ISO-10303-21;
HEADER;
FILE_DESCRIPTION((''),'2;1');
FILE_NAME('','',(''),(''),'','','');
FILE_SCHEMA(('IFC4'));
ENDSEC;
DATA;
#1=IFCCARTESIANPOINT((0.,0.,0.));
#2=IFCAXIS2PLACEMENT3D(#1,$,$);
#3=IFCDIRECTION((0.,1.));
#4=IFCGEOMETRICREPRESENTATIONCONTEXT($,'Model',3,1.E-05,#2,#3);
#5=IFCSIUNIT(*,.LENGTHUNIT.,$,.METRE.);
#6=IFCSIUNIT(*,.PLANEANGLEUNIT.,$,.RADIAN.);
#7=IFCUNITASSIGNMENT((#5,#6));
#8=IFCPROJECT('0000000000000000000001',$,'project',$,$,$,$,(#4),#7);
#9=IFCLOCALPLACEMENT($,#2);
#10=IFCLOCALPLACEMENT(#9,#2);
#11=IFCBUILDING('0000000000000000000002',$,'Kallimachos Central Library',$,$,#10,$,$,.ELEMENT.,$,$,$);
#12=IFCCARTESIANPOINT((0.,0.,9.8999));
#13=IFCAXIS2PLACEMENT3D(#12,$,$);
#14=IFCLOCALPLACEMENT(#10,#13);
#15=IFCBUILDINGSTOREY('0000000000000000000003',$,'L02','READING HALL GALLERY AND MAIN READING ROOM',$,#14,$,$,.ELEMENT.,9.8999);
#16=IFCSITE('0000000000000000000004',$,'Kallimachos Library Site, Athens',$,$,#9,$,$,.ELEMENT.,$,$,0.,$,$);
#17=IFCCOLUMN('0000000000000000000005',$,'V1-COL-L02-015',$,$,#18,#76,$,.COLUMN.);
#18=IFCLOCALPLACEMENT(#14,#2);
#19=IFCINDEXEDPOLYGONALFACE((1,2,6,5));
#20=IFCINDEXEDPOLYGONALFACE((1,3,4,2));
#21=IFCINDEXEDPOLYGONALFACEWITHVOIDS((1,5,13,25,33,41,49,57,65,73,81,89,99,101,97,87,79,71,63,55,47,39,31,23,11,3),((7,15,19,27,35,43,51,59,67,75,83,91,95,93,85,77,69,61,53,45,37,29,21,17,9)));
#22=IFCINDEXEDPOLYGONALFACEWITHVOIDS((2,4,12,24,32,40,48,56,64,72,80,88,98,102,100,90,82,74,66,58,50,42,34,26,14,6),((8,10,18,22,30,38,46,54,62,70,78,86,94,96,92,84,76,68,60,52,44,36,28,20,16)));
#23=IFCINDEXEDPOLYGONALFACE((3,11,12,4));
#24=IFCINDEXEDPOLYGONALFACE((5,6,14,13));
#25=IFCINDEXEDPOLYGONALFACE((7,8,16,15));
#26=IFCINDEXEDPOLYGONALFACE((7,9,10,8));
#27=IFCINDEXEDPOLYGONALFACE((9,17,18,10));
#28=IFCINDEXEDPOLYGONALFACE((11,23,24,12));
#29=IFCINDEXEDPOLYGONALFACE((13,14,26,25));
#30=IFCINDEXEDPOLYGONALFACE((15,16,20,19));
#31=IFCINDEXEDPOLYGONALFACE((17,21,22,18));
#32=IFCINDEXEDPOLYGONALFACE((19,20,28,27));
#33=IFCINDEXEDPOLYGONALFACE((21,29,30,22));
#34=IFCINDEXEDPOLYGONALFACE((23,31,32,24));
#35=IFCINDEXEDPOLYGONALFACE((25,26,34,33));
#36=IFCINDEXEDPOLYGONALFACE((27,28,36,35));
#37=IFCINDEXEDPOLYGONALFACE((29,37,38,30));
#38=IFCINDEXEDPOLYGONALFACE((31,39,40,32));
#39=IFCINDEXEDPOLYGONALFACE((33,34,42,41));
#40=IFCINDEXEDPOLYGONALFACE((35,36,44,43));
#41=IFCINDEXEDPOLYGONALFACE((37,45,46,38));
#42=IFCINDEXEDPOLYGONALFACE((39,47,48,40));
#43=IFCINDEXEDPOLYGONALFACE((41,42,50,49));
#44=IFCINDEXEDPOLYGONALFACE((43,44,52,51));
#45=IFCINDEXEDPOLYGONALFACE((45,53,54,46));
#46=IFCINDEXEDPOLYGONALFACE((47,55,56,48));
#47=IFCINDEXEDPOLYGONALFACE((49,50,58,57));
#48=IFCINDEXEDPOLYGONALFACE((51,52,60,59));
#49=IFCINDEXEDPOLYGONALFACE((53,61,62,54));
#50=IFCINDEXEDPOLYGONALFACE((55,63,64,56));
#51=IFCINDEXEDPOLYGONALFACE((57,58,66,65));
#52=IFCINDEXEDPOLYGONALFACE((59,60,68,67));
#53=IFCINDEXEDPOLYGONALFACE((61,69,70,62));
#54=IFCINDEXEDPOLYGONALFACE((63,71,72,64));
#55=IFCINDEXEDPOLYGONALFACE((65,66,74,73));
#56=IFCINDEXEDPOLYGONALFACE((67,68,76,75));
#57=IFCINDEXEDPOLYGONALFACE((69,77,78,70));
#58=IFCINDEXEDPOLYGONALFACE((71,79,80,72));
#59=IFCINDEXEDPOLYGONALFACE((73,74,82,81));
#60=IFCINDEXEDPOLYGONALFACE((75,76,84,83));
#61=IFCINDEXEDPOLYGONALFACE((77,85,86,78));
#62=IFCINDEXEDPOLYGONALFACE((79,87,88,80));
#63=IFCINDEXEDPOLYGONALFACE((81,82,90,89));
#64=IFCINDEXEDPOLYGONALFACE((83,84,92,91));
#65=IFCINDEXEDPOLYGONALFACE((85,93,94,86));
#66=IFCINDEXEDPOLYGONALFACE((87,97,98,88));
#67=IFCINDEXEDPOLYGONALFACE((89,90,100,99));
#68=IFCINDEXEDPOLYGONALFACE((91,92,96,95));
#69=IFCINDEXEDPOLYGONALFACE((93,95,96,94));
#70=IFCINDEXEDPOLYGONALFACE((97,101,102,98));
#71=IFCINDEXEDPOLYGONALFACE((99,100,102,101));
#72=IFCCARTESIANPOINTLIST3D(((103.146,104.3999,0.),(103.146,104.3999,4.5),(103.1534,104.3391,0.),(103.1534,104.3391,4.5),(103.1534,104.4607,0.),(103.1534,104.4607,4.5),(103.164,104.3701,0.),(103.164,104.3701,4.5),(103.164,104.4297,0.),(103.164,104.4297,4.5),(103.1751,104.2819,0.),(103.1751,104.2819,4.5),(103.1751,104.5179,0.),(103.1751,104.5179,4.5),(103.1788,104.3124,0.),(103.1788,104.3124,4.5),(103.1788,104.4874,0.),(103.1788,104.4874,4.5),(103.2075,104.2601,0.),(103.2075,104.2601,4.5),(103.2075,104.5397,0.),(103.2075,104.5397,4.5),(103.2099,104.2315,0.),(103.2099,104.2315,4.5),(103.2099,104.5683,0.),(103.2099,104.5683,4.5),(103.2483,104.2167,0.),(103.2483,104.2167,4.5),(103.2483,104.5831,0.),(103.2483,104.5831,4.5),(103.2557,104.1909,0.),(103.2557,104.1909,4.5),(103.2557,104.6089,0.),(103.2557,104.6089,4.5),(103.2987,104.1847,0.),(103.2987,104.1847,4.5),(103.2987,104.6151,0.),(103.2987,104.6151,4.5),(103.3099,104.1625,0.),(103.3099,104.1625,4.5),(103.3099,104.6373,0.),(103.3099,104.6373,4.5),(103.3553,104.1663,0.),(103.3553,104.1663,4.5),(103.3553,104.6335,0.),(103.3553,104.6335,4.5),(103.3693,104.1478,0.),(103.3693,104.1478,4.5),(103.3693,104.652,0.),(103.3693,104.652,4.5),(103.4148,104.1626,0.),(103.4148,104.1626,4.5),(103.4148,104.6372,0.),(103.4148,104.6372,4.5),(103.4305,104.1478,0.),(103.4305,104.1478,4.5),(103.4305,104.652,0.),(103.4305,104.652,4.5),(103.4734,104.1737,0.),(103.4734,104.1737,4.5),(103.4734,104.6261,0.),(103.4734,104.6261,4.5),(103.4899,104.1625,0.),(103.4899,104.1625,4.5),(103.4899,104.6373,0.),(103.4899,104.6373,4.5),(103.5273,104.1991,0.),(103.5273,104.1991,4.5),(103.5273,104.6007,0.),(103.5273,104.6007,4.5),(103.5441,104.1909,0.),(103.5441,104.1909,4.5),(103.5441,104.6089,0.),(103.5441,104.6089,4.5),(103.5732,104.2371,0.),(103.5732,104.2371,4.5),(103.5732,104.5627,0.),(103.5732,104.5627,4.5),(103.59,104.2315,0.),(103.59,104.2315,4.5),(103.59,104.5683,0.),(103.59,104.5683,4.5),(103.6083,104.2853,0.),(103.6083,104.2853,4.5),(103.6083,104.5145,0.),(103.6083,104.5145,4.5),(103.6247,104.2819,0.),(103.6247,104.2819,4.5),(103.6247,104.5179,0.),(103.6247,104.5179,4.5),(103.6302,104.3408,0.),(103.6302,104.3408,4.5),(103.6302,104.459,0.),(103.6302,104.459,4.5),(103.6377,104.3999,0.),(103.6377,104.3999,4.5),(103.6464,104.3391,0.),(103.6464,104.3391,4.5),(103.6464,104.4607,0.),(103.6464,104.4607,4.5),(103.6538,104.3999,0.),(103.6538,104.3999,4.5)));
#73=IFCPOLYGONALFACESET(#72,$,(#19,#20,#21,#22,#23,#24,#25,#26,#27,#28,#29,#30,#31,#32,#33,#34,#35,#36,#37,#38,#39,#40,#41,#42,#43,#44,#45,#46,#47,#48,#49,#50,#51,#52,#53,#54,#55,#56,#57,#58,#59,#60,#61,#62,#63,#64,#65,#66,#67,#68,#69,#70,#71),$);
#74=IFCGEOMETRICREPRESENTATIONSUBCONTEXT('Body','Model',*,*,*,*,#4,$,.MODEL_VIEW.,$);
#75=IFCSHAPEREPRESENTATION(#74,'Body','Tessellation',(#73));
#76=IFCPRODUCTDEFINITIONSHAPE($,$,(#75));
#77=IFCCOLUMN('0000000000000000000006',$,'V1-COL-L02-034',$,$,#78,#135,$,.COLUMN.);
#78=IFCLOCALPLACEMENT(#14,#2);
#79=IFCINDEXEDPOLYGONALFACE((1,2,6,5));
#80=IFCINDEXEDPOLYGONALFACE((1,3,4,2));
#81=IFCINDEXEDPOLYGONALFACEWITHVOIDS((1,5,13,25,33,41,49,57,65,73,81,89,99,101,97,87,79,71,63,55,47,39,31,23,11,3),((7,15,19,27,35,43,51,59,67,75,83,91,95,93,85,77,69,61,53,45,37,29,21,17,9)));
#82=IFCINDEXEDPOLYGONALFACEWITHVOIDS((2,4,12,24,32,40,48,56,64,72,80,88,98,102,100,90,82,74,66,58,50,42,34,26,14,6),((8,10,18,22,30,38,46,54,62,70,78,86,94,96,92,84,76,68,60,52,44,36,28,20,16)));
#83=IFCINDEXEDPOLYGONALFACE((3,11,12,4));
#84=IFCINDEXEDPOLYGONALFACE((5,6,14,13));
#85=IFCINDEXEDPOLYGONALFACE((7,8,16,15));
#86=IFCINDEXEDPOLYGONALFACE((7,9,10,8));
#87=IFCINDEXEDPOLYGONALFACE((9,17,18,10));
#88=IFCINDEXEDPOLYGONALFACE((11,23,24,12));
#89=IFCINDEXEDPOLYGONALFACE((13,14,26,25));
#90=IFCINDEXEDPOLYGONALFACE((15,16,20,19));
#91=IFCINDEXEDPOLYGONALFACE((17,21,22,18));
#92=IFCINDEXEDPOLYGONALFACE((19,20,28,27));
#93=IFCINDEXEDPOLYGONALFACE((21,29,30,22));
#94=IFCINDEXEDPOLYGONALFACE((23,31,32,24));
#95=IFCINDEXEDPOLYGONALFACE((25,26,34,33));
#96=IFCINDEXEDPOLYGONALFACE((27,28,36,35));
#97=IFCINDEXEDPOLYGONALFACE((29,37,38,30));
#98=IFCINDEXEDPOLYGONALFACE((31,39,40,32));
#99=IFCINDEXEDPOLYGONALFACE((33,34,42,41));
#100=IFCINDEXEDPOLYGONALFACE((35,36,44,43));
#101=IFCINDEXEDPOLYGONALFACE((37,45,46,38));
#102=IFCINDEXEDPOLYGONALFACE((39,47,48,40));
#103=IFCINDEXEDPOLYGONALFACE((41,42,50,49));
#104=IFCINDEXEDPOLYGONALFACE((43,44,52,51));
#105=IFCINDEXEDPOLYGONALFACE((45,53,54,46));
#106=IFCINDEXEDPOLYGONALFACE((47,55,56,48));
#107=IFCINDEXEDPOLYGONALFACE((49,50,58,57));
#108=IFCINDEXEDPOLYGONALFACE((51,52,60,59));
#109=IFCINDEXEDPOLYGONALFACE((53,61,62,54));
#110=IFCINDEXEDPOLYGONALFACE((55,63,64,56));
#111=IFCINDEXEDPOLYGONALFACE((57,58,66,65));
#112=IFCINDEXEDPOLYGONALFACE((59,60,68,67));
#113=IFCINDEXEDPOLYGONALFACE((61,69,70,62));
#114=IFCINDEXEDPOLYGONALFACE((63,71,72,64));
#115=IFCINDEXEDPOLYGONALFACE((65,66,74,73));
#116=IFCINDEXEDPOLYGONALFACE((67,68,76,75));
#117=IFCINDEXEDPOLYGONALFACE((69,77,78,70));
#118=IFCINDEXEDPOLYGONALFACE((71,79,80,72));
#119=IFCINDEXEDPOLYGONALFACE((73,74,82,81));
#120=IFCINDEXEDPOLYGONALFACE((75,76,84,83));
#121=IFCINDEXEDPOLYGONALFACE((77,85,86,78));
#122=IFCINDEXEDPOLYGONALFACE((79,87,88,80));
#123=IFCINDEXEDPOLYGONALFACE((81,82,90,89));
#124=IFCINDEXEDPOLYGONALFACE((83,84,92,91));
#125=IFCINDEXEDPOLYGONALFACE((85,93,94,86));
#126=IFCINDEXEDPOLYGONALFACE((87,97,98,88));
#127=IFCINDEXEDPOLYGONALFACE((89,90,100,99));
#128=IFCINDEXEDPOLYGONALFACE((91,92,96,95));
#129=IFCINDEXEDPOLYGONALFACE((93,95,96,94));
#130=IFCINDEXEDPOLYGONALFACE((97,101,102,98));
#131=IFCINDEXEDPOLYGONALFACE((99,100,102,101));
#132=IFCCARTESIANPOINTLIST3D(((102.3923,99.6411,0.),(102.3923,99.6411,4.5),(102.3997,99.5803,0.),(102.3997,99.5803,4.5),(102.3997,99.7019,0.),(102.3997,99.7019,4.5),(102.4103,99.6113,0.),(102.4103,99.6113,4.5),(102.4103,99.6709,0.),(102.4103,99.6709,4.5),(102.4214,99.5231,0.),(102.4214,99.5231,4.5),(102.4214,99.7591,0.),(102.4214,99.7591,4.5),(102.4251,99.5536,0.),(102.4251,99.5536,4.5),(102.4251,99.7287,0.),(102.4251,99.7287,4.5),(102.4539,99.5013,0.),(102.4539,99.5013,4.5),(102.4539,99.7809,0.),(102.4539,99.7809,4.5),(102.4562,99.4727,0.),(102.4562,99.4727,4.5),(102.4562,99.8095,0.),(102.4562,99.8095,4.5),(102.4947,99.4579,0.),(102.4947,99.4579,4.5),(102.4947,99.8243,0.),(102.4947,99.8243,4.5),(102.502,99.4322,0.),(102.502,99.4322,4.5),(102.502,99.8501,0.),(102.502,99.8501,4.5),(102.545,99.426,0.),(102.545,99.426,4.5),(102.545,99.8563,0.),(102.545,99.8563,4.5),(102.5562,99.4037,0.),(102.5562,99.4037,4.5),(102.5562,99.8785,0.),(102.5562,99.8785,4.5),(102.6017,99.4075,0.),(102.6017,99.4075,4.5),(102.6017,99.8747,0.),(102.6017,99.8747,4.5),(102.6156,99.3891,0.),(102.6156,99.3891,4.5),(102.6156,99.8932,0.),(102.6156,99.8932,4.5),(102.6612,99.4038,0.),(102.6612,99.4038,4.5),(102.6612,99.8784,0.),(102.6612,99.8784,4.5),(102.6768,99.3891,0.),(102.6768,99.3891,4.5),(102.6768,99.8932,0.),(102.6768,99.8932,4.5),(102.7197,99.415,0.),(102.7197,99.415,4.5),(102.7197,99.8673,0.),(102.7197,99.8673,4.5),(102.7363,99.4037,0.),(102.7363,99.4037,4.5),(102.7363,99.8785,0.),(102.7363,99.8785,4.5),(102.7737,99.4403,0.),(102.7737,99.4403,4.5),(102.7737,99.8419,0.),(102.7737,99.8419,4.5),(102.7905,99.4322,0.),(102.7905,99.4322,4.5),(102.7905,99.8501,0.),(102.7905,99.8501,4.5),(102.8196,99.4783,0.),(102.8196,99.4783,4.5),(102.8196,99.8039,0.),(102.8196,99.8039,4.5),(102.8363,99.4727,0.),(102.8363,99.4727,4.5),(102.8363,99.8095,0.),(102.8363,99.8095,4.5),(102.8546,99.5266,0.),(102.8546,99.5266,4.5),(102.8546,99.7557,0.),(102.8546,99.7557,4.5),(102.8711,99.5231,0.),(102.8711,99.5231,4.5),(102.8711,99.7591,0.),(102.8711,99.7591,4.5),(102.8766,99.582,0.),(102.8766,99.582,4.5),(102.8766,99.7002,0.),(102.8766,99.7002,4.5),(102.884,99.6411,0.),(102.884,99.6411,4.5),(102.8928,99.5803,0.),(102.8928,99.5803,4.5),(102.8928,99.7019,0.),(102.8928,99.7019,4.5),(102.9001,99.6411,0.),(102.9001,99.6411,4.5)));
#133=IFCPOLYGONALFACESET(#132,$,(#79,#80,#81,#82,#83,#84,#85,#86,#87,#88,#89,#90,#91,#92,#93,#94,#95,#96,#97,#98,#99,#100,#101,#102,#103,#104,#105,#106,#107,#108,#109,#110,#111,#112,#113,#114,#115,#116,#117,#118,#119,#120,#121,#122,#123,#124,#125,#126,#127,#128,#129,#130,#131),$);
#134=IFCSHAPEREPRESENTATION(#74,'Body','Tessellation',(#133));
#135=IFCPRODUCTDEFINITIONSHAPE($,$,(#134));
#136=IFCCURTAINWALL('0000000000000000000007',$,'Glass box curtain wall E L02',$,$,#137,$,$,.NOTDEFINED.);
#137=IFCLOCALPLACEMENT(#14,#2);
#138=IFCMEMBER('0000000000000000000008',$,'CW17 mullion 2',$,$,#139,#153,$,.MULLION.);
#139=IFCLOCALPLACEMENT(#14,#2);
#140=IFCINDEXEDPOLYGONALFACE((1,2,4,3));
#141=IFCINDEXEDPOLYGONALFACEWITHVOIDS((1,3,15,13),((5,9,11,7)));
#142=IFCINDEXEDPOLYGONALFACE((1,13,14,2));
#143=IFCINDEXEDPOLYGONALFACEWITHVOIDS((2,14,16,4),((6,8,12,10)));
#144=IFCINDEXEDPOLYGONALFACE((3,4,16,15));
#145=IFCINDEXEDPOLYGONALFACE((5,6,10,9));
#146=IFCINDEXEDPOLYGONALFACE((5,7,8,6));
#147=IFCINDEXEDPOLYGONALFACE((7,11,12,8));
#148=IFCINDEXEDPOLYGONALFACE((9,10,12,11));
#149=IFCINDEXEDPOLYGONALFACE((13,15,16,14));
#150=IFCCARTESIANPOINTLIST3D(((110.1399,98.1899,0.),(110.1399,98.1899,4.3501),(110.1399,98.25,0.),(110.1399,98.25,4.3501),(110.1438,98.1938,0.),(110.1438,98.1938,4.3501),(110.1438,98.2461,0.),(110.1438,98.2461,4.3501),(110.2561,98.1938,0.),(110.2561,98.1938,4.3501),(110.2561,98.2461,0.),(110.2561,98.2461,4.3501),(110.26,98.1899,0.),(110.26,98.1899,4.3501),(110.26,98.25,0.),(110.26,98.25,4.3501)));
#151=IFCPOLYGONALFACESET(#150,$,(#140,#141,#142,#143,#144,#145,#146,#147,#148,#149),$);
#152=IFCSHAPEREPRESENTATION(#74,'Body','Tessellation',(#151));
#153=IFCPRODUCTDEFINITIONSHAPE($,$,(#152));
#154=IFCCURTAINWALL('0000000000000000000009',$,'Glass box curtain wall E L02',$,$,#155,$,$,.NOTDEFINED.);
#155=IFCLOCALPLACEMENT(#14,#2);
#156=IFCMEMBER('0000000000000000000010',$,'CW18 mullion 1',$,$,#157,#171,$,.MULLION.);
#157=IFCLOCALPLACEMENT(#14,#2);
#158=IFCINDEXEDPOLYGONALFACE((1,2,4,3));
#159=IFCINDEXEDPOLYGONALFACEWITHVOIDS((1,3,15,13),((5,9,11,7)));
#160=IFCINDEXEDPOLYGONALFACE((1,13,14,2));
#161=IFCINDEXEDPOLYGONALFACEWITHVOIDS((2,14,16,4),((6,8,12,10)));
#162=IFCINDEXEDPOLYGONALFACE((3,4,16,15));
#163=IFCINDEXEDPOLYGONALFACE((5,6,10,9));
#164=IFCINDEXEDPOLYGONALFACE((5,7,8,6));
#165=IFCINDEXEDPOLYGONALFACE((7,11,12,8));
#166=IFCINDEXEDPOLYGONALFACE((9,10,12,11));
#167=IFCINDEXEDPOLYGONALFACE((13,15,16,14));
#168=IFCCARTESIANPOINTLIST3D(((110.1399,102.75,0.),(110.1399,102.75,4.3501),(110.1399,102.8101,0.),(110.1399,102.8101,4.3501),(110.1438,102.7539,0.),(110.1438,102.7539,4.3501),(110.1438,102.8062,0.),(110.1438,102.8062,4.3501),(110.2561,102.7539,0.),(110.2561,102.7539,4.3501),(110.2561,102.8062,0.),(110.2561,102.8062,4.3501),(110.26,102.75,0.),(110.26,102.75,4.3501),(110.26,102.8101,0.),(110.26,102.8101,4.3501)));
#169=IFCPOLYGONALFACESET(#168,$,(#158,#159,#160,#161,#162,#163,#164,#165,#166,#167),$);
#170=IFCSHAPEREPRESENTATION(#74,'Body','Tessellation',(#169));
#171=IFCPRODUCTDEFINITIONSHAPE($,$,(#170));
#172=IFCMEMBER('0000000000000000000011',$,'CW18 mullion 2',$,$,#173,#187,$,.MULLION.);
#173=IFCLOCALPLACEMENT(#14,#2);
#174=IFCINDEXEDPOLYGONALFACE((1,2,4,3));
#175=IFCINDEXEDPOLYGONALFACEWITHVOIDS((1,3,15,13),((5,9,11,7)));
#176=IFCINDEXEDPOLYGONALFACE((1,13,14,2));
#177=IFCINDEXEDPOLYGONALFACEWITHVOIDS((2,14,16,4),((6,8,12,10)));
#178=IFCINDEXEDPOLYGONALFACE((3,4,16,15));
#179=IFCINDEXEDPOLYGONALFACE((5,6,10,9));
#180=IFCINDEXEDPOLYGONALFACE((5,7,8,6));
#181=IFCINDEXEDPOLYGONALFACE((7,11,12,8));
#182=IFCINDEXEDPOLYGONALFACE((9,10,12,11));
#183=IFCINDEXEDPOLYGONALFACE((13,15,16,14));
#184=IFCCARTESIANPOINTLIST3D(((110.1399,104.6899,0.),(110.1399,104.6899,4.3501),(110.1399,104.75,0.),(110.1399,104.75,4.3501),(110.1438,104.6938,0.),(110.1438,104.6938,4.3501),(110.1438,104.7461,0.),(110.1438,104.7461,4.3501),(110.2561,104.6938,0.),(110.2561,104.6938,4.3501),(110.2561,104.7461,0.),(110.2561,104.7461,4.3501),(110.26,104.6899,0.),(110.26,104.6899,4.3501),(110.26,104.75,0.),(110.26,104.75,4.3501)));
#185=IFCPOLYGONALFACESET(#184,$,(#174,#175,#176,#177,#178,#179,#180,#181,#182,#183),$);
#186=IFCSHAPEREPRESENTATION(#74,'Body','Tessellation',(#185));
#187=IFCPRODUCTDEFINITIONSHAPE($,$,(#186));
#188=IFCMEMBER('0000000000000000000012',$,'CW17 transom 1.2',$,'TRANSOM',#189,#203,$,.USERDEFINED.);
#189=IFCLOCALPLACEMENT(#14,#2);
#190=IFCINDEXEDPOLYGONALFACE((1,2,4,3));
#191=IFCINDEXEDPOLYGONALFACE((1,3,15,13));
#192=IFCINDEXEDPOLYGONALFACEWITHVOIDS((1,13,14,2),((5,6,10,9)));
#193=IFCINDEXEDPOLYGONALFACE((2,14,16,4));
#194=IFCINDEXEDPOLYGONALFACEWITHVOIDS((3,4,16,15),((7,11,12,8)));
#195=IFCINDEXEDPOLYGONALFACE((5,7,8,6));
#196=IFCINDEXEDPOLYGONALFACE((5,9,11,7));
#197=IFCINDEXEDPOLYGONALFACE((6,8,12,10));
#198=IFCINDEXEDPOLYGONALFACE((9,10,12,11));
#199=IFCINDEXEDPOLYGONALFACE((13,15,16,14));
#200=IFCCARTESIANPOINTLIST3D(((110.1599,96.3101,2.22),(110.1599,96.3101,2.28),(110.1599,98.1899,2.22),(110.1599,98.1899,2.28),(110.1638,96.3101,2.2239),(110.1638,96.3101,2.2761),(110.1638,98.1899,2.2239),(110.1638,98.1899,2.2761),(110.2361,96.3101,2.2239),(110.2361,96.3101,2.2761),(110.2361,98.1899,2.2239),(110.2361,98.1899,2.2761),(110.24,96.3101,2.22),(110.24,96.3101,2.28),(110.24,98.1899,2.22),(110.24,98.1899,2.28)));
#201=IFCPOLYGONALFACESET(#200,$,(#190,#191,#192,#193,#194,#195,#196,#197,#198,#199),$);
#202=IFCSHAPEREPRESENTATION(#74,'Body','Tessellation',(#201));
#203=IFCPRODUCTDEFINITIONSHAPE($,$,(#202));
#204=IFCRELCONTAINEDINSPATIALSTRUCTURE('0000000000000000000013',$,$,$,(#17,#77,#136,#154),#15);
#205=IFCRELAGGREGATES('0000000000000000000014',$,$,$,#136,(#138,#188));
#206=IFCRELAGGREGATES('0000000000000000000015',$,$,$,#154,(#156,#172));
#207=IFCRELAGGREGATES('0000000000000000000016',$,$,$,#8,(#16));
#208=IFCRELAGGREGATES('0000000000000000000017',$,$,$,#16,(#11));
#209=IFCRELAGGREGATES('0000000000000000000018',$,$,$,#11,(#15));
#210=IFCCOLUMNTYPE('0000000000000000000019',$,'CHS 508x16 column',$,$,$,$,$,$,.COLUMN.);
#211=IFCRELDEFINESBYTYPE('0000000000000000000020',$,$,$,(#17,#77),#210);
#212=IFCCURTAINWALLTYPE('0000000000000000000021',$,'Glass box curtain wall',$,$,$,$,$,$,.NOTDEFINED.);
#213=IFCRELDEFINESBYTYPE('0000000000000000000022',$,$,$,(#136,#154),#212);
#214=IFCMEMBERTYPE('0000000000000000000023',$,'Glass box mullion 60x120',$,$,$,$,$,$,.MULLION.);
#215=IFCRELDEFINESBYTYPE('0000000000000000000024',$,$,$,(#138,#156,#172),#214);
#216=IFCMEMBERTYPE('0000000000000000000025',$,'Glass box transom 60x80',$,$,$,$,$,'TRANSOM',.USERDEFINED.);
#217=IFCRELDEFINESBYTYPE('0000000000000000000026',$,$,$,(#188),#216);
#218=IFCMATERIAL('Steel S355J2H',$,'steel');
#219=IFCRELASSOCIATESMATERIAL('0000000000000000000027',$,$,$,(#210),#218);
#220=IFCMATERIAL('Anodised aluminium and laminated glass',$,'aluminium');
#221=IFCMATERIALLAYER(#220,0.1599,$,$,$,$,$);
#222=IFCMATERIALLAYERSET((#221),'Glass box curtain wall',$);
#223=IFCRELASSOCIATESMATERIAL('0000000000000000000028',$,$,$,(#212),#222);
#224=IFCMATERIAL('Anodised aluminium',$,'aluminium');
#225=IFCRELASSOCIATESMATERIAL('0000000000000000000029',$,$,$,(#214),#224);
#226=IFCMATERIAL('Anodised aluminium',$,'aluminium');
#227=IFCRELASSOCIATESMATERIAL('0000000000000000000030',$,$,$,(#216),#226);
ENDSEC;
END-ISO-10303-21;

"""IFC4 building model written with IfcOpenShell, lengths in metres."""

from ifc_helpers import new_model, si_unit, direction, frame, origin, origin_2d, place, context, subcontext, project, spatial, hollow_rectangle, hollow_circle, extrude, material, layer, layer_set, material_profile, profile_set, type_object, element, aggregate, save


model = new_model("IFC4")

# Units and contexts
model_context = context("Model", 3, precision=1e-05, world=origin(), true_north=direction((0.0, 1.0)))
body_context = subcontext(model_context, "Body", "Model", "MODEL_VIEW")
ifc_project = project(units=[si_unit("LENGTHUNIT", "METRE"), si_unit("PLANEANGLEUNIT", "RADIAN")], contexts=[model_context])

# Site, building, storey
site_placement = place(None, origin())
site = spatial("IfcSite", under=ifc_project, at=site_placement, Name="Kallimachos Library Site, Athens", CompositionType="ELEMENT", RefElevation=0.0)
building_placement = place(site_placement, origin())
building = spatial("IfcBuilding", under=site, at=building_placement, Name="Kallimachos Central Library", CompositionType="ELEMENT")
storey_placement = place(building_placement, frame((0.0, 0.0, 9.8999)))
storey = spatial("IfcBuildingStorey", under=building, at=storey_placement, Name="L02", Description="READING HALL GALLERY AND MAIN READING ROOM", CompositionType="ELEMENT", Elevation=9.8999)

# Columns
ifc_material_1 = material(Name="Steel S355J2H", Category="steel")
ifc_material_profile_1 = material_profile(ifc_material_1, hollow_circle(Radius=0.2539, WallThickness=0.0161, at=origin_2d()), Name="CHS 508x16")
ifc_profile_set_1 = profile_set([ifc_material_profile_1], Name="Steel S355J2H")
column_type = type_object("IfcColumnType", Name="CHS 508x16 column", PredefinedType="COLUMN", material=ifc_profile_set_1)
for number, where, z_axis, x_axis, name in (
    (1, (103.3999, 104.3999, 0.0), (0.0, 0.0, 1.0), (1.0, 0.0, 0.0), "V1-COL-L02-015"),
    (2, (102.6462, 99.6411, 0.0), (0.0, 0.0, 1.0), (1.0, 0.0, 0.0), "V1-COL-L02-034"),
):
    element("IfcColumn", number, at=place(storey_placement, frame(where, z_axis=z_axis, x_axis=x_axis)), inside=storey, type_object=column_type, Name=name, PredefinedType="COLUMN", context=body_context, shape_type="SweptSolid", body=[
        extrude(hollow_circle(Radius=0.2539, WallThickness=0.0161, at=origin_2d()), origin(), (0.0, 0.0, 1.0), 4.5),
    ])

# Curtain wall, member
ifc_material_2 = material(Name="Anodised aluminium and laminated glass", Category="aluminium")
ifc_layer_1 = layer(ifc_material_2, 0.1599)
ifc_layer_set_1 = layer_set([ifc_layer_1], Name="Glass box curtain wall")
curtain_wall_type = type_object("IfcCurtainWallType", Name="Glass box curtain wall", PredefinedType="NOTDEFINED", material=ifc_layer_set_1)
curtain_wall_1_placement = place(storey_placement, origin())
curtain_wall_1 = element("IfcCurtainWall", 3, at=curtain_wall_1_placement, inside=storey, type_object=curtain_wall_type, Name="Glass box curtain wall E L02", PredefinedType="NOTDEFINED")
ifc_material_3 = material(Name="Anodised aluminium", Category="aluminium")
ifc_material_profile_2 = material_profile(ifc_material_3, hollow_rectangle(XDim=0.0601, YDim=0.1201, WallThickness=0.0039, at=origin_2d()), Name="ALU MULLION 60x120")
ifc_profile_set_2 = profile_set([ifc_material_profile_2], Name="Anodised aluminium")
member_type_1 = type_object("IfcMemberType", Name="Glass box mullion 60x120", PredefinedType="MULLION", material=ifc_profile_set_2)
member_1_placement = place(storey_placement, frame((110.2, 98.22, 0.0), z_axis=(0.0, 0.0, 1.0), x_axis=(0.0, 1.0, 0.0)))
member_1 = element("IfcMember", 4, at=member_1_placement, type_object=member_type_1, Name="CW17 mullion 2", PredefinedType="MULLION", context=body_context, shape_type="SweptSolid", body=[
    extrude(hollow_rectangle(XDim=0.0601, YDim=0.1201, WallThickness=0.0039, at=origin_2d()), origin(), (0.0, 0.0, 1.0), 4.3501),
])

# Curtain wall, members
curtain_wall_2_placement = place(storey_placement, origin())
curtain_wall_2 = element("IfcCurtainWall", 5, at=curtain_wall_2_placement, inside=storey, type_object=curtain_wall_type, Name="Glass box curtain wall E L02", PredefinedType="NOTDEFINED")
member_2_placement = place(storey_placement, frame((110.2, 102.78, 0.0), z_axis=(0.0, 0.0, 1.0), x_axis=(0.0, 1.0, 0.0)))
member_2 = element("IfcMember", 6, at=member_2_placement, type_object=member_type_1, Name="CW18 mullion 1", PredefinedType="MULLION", context=body_context, shape_type="SweptSolid", body=[
    extrude(hollow_rectangle(XDim=0.0601, YDim=0.1201, WallThickness=0.0039, at=origin_2d()), origin(), (0.0, 0.0, 1.0), 4.3501),
])
member_3_placement = place(storey_placement, frame((110.2, 104.72, 0.0), z_axis=(0.0, 0.0, 1.0), x_axis=(0.0, 1.0, 0.0)))
member_3 = element("IfcMember", 7, at=member_3_placement, type_object=member_type_1, Name="CW18 mullion 2", PredefinedType="MULLION", context=body_context, shape_type="SweptSolid", body=[
    extrude(hollow_rectangle(XDim=0.0601, YDim=0.1201, WallThickness=0.0039, at=origin_2d()), origin(), (0.0, 0.0, 1.0), 4.3501),
])

# Member
ifc_material_4 = material(Name="Anodised aluminium", Category="aluminium")
ifc_material_profile_3 = material_profile(ifc_material_4, hollow_rectangle(XDim=0.0601, YDim=0.0801, WallThickness=0.0039, at=origin_2d()), Name="ALU TRANSOM 60x80")
ifc_profile_set_3 = profile_set([ifc_material_profile_3], Name="Anodised aluminium")
member_type_2 = type_object("IfcMemberType", Name="Glass box transom 60x80", ElementType="TRANSOM", PredefinedType="USERDEFINED", material=ifc_profile_set_3)
member_4_placement = place(storey_placement, frame((110.2, 96.3101, 2.25), z_axis=(0.0, 1.0, 0.0), x_axis=(0.0, 0.0, 1.0)))
member_4 = element("IfcMember", 8, at=member_4_placement, type_object=member_type_2, Name="CW17 transom 1.2", ObjectType="TRANSOM", PredefinedType="USERDEFINED", context=body_context, shape_type="SweptSolid", body=[
    extrude(hollow_rectangle(XDim=0.0601, YDim=0.0801, WallThickness=0.0039, at=origin_2d()), origin(), (0.0, 0.0, 1.0), 1.8799),
])

aggregate(curtain_wall_1, [member_1, member_4])
aggregate(curtain_wall_2, [member_2, member_3])

save(model, "model.ifc")
